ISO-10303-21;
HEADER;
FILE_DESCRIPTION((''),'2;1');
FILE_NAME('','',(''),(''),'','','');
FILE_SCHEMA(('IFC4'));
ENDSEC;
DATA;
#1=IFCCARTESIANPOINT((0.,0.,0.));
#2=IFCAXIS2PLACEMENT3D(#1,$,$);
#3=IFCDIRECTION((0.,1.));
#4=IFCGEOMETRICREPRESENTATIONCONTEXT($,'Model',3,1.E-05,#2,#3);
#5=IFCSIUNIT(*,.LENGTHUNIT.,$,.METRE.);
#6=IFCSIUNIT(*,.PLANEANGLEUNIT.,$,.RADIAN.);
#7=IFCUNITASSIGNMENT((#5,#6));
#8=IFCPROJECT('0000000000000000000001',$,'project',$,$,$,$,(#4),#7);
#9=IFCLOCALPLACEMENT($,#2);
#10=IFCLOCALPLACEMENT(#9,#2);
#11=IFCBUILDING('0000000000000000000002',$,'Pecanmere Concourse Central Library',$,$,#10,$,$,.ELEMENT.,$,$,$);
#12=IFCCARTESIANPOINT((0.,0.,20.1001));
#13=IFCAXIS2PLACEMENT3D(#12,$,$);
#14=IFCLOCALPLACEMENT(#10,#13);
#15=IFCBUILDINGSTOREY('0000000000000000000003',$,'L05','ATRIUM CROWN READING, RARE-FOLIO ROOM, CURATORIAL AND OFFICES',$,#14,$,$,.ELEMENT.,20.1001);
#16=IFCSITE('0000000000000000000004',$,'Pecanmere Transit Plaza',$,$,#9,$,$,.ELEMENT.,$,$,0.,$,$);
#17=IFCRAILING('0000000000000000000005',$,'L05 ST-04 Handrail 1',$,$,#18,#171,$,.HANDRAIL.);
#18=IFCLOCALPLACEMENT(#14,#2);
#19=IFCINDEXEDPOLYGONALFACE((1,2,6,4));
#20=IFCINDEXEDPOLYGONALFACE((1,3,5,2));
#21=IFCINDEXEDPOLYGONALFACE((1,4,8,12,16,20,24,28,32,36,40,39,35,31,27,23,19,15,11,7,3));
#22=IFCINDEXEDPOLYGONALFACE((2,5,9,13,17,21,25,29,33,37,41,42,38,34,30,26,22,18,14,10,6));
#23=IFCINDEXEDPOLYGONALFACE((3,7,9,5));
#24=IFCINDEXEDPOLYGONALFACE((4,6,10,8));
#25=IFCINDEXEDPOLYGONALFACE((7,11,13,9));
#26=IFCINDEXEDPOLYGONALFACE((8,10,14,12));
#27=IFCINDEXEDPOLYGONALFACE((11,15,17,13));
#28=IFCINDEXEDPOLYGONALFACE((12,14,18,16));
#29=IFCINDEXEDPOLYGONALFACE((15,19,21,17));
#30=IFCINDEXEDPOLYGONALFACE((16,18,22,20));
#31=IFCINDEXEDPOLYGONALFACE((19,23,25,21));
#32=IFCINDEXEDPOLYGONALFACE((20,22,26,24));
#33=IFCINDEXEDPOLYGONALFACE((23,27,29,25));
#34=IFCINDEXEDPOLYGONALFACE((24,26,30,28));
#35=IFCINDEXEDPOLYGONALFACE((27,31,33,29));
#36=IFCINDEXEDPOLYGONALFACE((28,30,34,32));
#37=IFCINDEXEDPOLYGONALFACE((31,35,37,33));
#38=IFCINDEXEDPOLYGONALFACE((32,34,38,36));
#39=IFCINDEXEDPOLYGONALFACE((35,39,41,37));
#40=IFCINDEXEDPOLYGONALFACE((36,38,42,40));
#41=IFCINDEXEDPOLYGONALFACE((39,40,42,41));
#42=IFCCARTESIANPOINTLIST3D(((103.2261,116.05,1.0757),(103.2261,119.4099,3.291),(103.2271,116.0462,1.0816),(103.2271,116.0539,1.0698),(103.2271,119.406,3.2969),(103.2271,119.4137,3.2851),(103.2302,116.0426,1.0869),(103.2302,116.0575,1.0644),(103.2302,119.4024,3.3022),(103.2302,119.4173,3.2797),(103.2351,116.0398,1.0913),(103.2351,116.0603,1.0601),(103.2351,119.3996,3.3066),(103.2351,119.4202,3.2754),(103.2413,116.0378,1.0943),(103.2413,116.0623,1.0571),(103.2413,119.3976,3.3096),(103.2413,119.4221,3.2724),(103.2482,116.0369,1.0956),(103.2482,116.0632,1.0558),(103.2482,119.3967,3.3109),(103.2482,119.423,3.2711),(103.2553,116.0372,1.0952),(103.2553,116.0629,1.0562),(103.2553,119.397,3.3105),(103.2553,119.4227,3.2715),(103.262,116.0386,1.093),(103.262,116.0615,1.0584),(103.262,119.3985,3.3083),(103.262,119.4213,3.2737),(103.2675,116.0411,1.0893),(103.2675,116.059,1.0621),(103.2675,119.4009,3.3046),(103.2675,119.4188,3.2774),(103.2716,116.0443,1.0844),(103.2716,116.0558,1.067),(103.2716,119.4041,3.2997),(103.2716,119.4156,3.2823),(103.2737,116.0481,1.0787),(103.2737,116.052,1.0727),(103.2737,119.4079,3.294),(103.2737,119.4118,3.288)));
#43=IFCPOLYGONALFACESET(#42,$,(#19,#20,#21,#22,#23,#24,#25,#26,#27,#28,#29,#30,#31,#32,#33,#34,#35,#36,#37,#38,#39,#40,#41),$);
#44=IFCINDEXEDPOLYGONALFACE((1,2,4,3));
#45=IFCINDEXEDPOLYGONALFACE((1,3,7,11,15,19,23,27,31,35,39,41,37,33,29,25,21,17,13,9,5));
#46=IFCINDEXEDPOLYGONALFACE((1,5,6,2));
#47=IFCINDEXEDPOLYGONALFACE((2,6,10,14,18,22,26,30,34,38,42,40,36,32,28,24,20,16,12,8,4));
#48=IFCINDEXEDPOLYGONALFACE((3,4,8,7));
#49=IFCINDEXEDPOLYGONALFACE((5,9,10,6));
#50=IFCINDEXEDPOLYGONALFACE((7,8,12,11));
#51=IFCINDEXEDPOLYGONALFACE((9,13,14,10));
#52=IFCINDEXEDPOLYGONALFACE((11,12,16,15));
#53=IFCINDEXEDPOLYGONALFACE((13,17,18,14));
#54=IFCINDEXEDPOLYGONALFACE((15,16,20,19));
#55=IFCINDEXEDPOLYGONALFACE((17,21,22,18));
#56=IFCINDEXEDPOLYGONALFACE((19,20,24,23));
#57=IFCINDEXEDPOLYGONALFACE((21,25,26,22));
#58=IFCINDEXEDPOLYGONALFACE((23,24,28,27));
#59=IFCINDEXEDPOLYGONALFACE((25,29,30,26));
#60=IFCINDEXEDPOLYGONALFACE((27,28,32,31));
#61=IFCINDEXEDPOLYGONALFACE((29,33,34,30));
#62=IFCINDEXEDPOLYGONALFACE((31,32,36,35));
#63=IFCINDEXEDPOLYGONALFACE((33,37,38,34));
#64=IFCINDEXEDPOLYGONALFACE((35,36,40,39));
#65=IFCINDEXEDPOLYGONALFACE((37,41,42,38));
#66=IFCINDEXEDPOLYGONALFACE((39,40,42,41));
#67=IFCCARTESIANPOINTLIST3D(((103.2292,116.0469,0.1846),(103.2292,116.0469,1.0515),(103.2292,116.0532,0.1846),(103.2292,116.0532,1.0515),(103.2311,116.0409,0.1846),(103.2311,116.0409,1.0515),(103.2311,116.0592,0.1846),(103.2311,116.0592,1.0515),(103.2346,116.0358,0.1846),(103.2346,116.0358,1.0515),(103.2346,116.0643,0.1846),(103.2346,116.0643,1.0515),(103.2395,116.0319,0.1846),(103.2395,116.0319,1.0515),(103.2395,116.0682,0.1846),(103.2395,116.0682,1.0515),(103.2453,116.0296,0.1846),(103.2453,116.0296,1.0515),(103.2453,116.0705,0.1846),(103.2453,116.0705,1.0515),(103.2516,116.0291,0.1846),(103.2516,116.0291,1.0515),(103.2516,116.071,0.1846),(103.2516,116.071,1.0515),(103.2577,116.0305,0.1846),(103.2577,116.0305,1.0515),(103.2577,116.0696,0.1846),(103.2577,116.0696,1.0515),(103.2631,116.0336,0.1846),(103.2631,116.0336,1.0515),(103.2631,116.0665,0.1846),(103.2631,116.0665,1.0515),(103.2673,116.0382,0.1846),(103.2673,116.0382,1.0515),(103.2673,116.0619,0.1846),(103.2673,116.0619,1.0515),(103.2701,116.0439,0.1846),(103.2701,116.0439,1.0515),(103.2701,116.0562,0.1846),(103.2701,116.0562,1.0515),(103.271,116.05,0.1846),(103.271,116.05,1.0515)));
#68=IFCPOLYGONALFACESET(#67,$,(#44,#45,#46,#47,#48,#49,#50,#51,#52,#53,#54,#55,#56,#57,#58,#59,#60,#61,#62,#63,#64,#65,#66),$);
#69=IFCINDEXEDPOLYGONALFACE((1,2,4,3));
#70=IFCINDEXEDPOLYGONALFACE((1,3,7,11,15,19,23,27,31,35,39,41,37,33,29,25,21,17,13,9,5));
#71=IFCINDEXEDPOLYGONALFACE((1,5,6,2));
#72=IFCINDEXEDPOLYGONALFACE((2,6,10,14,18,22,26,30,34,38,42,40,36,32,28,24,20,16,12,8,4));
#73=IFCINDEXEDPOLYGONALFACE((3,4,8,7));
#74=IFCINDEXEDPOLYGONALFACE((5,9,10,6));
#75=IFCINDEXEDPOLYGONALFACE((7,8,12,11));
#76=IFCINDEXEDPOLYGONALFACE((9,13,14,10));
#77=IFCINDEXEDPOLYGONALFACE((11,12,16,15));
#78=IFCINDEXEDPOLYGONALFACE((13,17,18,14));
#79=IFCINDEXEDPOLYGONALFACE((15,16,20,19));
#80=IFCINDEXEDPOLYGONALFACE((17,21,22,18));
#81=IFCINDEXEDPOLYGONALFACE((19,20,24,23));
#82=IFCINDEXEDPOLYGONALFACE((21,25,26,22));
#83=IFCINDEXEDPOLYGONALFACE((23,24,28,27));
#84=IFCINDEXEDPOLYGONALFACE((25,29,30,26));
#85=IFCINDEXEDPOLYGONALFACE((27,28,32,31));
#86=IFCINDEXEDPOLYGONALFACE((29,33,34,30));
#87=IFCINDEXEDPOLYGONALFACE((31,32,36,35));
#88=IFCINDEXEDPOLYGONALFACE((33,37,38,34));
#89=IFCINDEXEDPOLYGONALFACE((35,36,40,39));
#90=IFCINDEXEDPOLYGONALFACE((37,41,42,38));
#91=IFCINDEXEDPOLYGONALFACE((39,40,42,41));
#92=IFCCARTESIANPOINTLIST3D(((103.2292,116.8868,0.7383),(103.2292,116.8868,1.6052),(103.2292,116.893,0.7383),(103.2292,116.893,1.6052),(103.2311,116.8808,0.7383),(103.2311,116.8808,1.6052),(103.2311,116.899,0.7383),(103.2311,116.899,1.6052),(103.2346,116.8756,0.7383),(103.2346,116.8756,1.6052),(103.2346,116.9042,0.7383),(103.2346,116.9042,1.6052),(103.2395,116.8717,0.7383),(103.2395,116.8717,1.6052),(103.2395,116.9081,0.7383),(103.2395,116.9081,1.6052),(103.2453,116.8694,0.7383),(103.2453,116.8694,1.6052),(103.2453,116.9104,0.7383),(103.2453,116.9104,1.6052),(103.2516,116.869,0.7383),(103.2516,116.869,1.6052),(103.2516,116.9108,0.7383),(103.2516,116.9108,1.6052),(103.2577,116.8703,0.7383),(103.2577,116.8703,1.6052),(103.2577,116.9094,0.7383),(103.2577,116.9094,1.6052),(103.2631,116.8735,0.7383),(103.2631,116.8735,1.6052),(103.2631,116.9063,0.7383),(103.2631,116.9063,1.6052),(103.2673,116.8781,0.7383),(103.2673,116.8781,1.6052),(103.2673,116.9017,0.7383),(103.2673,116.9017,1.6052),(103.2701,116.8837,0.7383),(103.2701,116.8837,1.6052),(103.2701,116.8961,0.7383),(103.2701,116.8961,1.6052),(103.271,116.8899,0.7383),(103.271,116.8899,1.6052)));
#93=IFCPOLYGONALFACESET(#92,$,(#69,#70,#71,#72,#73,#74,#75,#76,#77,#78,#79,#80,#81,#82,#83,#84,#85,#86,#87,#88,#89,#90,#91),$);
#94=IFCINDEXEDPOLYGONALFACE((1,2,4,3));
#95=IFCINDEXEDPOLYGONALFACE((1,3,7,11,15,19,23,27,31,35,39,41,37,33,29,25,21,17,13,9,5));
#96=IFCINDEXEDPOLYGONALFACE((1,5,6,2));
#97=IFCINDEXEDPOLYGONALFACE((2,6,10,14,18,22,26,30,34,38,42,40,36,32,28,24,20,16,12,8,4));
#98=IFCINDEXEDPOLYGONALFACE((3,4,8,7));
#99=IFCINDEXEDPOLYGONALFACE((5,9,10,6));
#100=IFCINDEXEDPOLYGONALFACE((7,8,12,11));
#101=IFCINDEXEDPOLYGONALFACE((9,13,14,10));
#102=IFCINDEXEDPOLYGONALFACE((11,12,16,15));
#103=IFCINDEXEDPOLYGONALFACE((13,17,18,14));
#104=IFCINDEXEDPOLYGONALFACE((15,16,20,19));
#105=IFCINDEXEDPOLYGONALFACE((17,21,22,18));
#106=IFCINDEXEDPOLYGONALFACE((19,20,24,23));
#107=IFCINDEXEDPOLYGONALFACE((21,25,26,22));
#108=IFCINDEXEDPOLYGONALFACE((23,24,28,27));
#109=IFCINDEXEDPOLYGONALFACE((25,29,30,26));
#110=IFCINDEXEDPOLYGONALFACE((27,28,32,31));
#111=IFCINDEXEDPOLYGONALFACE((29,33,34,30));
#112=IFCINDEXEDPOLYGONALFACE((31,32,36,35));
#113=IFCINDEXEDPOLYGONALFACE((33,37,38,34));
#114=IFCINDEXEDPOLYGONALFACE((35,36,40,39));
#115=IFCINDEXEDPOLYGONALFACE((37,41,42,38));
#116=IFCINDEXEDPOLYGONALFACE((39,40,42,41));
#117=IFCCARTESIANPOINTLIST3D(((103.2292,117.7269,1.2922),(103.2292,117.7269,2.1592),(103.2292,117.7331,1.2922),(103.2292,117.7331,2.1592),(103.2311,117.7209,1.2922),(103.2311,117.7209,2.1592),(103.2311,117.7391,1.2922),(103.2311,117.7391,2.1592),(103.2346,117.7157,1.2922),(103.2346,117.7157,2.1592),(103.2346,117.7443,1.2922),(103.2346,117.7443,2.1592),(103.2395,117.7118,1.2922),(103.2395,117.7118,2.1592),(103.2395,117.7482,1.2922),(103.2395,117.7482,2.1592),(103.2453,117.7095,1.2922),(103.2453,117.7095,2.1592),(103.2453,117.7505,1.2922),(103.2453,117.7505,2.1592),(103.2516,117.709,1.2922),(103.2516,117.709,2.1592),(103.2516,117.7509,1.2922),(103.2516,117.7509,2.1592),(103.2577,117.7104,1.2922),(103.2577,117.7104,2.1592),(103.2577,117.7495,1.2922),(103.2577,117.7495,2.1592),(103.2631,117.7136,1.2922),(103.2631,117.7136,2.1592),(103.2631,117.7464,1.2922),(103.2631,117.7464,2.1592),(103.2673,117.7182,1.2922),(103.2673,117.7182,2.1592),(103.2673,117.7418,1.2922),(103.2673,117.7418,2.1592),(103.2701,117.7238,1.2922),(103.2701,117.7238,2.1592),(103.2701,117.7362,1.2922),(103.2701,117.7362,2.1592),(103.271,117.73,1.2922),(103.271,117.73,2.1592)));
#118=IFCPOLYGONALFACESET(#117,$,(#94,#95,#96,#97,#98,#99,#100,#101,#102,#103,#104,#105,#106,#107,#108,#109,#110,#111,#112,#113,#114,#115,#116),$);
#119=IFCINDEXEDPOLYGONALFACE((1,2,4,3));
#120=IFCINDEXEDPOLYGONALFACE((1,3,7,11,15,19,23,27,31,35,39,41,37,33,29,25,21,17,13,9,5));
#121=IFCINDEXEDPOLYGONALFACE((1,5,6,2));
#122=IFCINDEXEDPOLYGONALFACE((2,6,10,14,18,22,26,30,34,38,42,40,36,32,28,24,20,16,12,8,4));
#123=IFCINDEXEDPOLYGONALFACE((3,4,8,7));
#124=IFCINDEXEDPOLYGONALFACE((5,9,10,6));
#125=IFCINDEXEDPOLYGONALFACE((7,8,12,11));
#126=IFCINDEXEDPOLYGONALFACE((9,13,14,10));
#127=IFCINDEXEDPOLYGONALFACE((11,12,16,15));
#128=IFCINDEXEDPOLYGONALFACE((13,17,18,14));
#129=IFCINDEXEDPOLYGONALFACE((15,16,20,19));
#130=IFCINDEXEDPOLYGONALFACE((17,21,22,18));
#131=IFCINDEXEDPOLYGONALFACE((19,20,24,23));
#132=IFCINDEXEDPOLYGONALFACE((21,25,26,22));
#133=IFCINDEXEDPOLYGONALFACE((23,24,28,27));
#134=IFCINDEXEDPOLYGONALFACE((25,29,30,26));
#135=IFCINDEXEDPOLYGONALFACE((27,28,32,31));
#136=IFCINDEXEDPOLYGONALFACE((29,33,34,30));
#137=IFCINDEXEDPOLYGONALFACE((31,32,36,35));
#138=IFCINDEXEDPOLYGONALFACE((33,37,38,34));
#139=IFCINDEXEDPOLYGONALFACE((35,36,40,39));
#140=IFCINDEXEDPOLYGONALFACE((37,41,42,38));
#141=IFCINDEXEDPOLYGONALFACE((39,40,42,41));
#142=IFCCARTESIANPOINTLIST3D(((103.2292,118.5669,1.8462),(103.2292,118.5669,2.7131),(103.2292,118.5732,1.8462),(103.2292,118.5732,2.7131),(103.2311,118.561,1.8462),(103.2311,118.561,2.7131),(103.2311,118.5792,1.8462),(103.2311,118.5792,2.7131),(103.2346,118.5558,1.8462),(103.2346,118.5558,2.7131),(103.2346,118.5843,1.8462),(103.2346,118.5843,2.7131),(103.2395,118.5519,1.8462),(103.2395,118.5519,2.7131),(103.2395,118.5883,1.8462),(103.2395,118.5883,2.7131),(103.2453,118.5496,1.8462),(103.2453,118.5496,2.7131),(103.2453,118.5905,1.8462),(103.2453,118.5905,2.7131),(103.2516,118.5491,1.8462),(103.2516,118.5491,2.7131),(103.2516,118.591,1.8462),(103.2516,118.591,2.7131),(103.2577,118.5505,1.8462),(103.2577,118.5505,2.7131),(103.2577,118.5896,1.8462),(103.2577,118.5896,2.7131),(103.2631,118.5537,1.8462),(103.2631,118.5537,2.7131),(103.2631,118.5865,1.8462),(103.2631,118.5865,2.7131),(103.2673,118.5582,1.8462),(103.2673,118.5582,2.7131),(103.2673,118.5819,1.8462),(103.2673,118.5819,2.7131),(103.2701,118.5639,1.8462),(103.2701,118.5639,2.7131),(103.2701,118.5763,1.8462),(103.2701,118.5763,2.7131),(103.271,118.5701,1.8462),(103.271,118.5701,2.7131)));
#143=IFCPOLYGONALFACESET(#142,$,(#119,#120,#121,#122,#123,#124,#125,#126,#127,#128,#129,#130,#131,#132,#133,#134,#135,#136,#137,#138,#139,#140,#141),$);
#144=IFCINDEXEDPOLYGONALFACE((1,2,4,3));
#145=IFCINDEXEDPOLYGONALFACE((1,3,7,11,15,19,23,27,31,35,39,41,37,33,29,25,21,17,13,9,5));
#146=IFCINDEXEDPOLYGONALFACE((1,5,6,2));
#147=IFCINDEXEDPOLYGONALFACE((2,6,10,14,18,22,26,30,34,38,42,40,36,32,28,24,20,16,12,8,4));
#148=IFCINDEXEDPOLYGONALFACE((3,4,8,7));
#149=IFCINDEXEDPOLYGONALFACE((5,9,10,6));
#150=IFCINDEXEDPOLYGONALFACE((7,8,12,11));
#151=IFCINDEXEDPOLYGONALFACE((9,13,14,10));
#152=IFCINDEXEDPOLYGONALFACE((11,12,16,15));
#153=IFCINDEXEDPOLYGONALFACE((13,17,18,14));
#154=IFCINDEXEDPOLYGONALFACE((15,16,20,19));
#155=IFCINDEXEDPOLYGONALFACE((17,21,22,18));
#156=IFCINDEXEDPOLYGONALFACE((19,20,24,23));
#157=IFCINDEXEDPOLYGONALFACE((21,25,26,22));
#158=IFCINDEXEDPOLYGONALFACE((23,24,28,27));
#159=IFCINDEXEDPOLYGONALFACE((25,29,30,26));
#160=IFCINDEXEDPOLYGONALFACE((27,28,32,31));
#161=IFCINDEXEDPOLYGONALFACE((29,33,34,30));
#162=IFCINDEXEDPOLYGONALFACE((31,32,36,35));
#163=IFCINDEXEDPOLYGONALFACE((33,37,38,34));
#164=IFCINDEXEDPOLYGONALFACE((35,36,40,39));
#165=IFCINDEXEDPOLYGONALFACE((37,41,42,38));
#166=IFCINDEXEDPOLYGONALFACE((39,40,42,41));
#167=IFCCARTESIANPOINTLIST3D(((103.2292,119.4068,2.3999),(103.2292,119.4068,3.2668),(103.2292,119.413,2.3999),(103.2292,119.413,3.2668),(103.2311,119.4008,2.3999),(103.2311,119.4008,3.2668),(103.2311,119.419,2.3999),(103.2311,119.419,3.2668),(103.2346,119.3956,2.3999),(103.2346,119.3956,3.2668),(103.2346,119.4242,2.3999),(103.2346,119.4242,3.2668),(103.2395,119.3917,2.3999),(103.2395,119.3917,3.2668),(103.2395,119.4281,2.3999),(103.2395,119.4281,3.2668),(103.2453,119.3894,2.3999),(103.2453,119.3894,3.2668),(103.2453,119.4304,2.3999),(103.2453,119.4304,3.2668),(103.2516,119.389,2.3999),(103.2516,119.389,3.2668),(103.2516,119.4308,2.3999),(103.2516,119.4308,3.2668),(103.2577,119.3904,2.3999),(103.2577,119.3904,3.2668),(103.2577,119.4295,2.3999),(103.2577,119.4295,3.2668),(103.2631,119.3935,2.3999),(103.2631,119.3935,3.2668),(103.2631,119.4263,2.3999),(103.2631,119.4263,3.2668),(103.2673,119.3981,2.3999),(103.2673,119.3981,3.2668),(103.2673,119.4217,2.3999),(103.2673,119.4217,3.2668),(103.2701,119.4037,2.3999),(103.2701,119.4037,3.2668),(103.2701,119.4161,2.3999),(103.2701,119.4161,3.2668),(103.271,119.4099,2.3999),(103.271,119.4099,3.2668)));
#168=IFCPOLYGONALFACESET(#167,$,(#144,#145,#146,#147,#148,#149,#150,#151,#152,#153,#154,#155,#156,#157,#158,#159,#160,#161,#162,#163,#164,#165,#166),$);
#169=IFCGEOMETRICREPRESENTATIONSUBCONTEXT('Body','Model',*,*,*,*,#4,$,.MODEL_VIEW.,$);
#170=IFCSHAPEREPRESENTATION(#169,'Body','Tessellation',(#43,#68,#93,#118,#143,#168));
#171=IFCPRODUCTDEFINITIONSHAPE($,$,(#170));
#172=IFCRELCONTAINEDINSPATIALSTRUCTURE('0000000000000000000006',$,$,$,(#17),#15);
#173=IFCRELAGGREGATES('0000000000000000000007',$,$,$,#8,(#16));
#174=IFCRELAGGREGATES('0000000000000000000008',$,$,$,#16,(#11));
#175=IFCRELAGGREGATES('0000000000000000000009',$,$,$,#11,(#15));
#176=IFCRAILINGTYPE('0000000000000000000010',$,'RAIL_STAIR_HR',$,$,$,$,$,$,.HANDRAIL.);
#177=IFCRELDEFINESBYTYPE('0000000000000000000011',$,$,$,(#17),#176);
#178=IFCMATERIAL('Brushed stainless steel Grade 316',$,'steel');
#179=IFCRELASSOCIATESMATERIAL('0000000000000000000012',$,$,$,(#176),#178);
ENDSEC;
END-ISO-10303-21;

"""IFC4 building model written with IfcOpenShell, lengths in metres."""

from ifc_helpers import new_model, si_unit, direction, frame, origin, origin_2d, place, context, subcontext, project, spatial, circle, extrude, material, type_object, element, save


model = new_model("IFC4")

# Units and contexts
model_context = context("Model", 3, precision=1e-05, world=origin(), true_north=direction((0.0, 1.0)))
body_context = subcontext(model_context, "Body", "Model", "MODEL_VIEW")
ifc_project = project(units=[si_unit("LENGTHUNIT", "METRE"), si_unit("PLANEANGLEUNIT", "RADIAN")], contexts=[model_context])

# Site, building, storey
site_placement = place(None, origin())
site = spatial("IfcSite", under=ifc_project, at=site_placement, Name="Pecanmere Transit Plaza", CompositionType="ELEMENT", RefElevation=0.0)
building_placement = place(site_placement, origin())
building = spatial("IfcBuilding", under=site, at=building_placement, Name="Pecanmere Concourse Central Library", CompositionType="ELEMENT")
storey_placement = place(building_placement, frame((0.0, 0.0, 20.1001)))
storey = spatial("IfcBuildingStorey", under=building, at=storey_placement, Name="L05", Description="ATRIUM CROWN READING, RARE-FOLIO ROOM, CURATORIAL AND OFFICES", CompositionType="ELEMENT", Elevation=20.1001)

# Railing
ifc_material_1 = material(Name="Brushed stainless steel Grade 316", Category="steel")
railing_type_1 = type_object("IfcRailingType", Name="RAIL_STAIR_HR", PredefinedType="HANDRAIL", material=ifc_material_1)
railing_1_placement = place(storey_placement, frame((103.25, 116.05, 0.1846)))
element("IfcRailing", 1, at=railing_1_placement, inside=storey, type_object=railing_type_1, Name="L05 ST-04 Handrail 1", PredefinedType="HANDRAIL", context=body_context, shape_type="SweptSolid", body=[
    extrude(circle(Radius=0.0239, at=origin_2d()), frame((0.0, 0.0, 0.8911), z_axis=(0.0, 0.834858, 0.550465), x_axis=(-1.0, 0.0, 0.0)), (0.0, 0.0, 1.0), 4.0244),
    extrude(circle(Radius=0.021, at=origin_2d()), origin(), (0.0, 0.0, 1.0), 0.8669),
    extrude(circle(Radius=0.021, at=origin_2d()), frame((0.0, 0.8398, 0.5537)), (0.0, 0.0, 1.0), 0.8669),
    extrude(circle(Radius=0.021, at=origin_2d()), frame((0.0, 1.6799, 1.1077)), (0.0, 0.0, 1.0), 0.8669),
    extrude(circle(Radius=0.021, at=origin_2d()), frame((0.0, 2.52, 1.6616)), (0.0, 0.0, 1.0), 0.8669),
    extrude(circle(Radius=0.021, at=origin_2d()), frame((0.0, 3.3599, 2.2153)), (0.0, 0.0, 1.0), 0.8669),
])

save(model, "model.ifc")
